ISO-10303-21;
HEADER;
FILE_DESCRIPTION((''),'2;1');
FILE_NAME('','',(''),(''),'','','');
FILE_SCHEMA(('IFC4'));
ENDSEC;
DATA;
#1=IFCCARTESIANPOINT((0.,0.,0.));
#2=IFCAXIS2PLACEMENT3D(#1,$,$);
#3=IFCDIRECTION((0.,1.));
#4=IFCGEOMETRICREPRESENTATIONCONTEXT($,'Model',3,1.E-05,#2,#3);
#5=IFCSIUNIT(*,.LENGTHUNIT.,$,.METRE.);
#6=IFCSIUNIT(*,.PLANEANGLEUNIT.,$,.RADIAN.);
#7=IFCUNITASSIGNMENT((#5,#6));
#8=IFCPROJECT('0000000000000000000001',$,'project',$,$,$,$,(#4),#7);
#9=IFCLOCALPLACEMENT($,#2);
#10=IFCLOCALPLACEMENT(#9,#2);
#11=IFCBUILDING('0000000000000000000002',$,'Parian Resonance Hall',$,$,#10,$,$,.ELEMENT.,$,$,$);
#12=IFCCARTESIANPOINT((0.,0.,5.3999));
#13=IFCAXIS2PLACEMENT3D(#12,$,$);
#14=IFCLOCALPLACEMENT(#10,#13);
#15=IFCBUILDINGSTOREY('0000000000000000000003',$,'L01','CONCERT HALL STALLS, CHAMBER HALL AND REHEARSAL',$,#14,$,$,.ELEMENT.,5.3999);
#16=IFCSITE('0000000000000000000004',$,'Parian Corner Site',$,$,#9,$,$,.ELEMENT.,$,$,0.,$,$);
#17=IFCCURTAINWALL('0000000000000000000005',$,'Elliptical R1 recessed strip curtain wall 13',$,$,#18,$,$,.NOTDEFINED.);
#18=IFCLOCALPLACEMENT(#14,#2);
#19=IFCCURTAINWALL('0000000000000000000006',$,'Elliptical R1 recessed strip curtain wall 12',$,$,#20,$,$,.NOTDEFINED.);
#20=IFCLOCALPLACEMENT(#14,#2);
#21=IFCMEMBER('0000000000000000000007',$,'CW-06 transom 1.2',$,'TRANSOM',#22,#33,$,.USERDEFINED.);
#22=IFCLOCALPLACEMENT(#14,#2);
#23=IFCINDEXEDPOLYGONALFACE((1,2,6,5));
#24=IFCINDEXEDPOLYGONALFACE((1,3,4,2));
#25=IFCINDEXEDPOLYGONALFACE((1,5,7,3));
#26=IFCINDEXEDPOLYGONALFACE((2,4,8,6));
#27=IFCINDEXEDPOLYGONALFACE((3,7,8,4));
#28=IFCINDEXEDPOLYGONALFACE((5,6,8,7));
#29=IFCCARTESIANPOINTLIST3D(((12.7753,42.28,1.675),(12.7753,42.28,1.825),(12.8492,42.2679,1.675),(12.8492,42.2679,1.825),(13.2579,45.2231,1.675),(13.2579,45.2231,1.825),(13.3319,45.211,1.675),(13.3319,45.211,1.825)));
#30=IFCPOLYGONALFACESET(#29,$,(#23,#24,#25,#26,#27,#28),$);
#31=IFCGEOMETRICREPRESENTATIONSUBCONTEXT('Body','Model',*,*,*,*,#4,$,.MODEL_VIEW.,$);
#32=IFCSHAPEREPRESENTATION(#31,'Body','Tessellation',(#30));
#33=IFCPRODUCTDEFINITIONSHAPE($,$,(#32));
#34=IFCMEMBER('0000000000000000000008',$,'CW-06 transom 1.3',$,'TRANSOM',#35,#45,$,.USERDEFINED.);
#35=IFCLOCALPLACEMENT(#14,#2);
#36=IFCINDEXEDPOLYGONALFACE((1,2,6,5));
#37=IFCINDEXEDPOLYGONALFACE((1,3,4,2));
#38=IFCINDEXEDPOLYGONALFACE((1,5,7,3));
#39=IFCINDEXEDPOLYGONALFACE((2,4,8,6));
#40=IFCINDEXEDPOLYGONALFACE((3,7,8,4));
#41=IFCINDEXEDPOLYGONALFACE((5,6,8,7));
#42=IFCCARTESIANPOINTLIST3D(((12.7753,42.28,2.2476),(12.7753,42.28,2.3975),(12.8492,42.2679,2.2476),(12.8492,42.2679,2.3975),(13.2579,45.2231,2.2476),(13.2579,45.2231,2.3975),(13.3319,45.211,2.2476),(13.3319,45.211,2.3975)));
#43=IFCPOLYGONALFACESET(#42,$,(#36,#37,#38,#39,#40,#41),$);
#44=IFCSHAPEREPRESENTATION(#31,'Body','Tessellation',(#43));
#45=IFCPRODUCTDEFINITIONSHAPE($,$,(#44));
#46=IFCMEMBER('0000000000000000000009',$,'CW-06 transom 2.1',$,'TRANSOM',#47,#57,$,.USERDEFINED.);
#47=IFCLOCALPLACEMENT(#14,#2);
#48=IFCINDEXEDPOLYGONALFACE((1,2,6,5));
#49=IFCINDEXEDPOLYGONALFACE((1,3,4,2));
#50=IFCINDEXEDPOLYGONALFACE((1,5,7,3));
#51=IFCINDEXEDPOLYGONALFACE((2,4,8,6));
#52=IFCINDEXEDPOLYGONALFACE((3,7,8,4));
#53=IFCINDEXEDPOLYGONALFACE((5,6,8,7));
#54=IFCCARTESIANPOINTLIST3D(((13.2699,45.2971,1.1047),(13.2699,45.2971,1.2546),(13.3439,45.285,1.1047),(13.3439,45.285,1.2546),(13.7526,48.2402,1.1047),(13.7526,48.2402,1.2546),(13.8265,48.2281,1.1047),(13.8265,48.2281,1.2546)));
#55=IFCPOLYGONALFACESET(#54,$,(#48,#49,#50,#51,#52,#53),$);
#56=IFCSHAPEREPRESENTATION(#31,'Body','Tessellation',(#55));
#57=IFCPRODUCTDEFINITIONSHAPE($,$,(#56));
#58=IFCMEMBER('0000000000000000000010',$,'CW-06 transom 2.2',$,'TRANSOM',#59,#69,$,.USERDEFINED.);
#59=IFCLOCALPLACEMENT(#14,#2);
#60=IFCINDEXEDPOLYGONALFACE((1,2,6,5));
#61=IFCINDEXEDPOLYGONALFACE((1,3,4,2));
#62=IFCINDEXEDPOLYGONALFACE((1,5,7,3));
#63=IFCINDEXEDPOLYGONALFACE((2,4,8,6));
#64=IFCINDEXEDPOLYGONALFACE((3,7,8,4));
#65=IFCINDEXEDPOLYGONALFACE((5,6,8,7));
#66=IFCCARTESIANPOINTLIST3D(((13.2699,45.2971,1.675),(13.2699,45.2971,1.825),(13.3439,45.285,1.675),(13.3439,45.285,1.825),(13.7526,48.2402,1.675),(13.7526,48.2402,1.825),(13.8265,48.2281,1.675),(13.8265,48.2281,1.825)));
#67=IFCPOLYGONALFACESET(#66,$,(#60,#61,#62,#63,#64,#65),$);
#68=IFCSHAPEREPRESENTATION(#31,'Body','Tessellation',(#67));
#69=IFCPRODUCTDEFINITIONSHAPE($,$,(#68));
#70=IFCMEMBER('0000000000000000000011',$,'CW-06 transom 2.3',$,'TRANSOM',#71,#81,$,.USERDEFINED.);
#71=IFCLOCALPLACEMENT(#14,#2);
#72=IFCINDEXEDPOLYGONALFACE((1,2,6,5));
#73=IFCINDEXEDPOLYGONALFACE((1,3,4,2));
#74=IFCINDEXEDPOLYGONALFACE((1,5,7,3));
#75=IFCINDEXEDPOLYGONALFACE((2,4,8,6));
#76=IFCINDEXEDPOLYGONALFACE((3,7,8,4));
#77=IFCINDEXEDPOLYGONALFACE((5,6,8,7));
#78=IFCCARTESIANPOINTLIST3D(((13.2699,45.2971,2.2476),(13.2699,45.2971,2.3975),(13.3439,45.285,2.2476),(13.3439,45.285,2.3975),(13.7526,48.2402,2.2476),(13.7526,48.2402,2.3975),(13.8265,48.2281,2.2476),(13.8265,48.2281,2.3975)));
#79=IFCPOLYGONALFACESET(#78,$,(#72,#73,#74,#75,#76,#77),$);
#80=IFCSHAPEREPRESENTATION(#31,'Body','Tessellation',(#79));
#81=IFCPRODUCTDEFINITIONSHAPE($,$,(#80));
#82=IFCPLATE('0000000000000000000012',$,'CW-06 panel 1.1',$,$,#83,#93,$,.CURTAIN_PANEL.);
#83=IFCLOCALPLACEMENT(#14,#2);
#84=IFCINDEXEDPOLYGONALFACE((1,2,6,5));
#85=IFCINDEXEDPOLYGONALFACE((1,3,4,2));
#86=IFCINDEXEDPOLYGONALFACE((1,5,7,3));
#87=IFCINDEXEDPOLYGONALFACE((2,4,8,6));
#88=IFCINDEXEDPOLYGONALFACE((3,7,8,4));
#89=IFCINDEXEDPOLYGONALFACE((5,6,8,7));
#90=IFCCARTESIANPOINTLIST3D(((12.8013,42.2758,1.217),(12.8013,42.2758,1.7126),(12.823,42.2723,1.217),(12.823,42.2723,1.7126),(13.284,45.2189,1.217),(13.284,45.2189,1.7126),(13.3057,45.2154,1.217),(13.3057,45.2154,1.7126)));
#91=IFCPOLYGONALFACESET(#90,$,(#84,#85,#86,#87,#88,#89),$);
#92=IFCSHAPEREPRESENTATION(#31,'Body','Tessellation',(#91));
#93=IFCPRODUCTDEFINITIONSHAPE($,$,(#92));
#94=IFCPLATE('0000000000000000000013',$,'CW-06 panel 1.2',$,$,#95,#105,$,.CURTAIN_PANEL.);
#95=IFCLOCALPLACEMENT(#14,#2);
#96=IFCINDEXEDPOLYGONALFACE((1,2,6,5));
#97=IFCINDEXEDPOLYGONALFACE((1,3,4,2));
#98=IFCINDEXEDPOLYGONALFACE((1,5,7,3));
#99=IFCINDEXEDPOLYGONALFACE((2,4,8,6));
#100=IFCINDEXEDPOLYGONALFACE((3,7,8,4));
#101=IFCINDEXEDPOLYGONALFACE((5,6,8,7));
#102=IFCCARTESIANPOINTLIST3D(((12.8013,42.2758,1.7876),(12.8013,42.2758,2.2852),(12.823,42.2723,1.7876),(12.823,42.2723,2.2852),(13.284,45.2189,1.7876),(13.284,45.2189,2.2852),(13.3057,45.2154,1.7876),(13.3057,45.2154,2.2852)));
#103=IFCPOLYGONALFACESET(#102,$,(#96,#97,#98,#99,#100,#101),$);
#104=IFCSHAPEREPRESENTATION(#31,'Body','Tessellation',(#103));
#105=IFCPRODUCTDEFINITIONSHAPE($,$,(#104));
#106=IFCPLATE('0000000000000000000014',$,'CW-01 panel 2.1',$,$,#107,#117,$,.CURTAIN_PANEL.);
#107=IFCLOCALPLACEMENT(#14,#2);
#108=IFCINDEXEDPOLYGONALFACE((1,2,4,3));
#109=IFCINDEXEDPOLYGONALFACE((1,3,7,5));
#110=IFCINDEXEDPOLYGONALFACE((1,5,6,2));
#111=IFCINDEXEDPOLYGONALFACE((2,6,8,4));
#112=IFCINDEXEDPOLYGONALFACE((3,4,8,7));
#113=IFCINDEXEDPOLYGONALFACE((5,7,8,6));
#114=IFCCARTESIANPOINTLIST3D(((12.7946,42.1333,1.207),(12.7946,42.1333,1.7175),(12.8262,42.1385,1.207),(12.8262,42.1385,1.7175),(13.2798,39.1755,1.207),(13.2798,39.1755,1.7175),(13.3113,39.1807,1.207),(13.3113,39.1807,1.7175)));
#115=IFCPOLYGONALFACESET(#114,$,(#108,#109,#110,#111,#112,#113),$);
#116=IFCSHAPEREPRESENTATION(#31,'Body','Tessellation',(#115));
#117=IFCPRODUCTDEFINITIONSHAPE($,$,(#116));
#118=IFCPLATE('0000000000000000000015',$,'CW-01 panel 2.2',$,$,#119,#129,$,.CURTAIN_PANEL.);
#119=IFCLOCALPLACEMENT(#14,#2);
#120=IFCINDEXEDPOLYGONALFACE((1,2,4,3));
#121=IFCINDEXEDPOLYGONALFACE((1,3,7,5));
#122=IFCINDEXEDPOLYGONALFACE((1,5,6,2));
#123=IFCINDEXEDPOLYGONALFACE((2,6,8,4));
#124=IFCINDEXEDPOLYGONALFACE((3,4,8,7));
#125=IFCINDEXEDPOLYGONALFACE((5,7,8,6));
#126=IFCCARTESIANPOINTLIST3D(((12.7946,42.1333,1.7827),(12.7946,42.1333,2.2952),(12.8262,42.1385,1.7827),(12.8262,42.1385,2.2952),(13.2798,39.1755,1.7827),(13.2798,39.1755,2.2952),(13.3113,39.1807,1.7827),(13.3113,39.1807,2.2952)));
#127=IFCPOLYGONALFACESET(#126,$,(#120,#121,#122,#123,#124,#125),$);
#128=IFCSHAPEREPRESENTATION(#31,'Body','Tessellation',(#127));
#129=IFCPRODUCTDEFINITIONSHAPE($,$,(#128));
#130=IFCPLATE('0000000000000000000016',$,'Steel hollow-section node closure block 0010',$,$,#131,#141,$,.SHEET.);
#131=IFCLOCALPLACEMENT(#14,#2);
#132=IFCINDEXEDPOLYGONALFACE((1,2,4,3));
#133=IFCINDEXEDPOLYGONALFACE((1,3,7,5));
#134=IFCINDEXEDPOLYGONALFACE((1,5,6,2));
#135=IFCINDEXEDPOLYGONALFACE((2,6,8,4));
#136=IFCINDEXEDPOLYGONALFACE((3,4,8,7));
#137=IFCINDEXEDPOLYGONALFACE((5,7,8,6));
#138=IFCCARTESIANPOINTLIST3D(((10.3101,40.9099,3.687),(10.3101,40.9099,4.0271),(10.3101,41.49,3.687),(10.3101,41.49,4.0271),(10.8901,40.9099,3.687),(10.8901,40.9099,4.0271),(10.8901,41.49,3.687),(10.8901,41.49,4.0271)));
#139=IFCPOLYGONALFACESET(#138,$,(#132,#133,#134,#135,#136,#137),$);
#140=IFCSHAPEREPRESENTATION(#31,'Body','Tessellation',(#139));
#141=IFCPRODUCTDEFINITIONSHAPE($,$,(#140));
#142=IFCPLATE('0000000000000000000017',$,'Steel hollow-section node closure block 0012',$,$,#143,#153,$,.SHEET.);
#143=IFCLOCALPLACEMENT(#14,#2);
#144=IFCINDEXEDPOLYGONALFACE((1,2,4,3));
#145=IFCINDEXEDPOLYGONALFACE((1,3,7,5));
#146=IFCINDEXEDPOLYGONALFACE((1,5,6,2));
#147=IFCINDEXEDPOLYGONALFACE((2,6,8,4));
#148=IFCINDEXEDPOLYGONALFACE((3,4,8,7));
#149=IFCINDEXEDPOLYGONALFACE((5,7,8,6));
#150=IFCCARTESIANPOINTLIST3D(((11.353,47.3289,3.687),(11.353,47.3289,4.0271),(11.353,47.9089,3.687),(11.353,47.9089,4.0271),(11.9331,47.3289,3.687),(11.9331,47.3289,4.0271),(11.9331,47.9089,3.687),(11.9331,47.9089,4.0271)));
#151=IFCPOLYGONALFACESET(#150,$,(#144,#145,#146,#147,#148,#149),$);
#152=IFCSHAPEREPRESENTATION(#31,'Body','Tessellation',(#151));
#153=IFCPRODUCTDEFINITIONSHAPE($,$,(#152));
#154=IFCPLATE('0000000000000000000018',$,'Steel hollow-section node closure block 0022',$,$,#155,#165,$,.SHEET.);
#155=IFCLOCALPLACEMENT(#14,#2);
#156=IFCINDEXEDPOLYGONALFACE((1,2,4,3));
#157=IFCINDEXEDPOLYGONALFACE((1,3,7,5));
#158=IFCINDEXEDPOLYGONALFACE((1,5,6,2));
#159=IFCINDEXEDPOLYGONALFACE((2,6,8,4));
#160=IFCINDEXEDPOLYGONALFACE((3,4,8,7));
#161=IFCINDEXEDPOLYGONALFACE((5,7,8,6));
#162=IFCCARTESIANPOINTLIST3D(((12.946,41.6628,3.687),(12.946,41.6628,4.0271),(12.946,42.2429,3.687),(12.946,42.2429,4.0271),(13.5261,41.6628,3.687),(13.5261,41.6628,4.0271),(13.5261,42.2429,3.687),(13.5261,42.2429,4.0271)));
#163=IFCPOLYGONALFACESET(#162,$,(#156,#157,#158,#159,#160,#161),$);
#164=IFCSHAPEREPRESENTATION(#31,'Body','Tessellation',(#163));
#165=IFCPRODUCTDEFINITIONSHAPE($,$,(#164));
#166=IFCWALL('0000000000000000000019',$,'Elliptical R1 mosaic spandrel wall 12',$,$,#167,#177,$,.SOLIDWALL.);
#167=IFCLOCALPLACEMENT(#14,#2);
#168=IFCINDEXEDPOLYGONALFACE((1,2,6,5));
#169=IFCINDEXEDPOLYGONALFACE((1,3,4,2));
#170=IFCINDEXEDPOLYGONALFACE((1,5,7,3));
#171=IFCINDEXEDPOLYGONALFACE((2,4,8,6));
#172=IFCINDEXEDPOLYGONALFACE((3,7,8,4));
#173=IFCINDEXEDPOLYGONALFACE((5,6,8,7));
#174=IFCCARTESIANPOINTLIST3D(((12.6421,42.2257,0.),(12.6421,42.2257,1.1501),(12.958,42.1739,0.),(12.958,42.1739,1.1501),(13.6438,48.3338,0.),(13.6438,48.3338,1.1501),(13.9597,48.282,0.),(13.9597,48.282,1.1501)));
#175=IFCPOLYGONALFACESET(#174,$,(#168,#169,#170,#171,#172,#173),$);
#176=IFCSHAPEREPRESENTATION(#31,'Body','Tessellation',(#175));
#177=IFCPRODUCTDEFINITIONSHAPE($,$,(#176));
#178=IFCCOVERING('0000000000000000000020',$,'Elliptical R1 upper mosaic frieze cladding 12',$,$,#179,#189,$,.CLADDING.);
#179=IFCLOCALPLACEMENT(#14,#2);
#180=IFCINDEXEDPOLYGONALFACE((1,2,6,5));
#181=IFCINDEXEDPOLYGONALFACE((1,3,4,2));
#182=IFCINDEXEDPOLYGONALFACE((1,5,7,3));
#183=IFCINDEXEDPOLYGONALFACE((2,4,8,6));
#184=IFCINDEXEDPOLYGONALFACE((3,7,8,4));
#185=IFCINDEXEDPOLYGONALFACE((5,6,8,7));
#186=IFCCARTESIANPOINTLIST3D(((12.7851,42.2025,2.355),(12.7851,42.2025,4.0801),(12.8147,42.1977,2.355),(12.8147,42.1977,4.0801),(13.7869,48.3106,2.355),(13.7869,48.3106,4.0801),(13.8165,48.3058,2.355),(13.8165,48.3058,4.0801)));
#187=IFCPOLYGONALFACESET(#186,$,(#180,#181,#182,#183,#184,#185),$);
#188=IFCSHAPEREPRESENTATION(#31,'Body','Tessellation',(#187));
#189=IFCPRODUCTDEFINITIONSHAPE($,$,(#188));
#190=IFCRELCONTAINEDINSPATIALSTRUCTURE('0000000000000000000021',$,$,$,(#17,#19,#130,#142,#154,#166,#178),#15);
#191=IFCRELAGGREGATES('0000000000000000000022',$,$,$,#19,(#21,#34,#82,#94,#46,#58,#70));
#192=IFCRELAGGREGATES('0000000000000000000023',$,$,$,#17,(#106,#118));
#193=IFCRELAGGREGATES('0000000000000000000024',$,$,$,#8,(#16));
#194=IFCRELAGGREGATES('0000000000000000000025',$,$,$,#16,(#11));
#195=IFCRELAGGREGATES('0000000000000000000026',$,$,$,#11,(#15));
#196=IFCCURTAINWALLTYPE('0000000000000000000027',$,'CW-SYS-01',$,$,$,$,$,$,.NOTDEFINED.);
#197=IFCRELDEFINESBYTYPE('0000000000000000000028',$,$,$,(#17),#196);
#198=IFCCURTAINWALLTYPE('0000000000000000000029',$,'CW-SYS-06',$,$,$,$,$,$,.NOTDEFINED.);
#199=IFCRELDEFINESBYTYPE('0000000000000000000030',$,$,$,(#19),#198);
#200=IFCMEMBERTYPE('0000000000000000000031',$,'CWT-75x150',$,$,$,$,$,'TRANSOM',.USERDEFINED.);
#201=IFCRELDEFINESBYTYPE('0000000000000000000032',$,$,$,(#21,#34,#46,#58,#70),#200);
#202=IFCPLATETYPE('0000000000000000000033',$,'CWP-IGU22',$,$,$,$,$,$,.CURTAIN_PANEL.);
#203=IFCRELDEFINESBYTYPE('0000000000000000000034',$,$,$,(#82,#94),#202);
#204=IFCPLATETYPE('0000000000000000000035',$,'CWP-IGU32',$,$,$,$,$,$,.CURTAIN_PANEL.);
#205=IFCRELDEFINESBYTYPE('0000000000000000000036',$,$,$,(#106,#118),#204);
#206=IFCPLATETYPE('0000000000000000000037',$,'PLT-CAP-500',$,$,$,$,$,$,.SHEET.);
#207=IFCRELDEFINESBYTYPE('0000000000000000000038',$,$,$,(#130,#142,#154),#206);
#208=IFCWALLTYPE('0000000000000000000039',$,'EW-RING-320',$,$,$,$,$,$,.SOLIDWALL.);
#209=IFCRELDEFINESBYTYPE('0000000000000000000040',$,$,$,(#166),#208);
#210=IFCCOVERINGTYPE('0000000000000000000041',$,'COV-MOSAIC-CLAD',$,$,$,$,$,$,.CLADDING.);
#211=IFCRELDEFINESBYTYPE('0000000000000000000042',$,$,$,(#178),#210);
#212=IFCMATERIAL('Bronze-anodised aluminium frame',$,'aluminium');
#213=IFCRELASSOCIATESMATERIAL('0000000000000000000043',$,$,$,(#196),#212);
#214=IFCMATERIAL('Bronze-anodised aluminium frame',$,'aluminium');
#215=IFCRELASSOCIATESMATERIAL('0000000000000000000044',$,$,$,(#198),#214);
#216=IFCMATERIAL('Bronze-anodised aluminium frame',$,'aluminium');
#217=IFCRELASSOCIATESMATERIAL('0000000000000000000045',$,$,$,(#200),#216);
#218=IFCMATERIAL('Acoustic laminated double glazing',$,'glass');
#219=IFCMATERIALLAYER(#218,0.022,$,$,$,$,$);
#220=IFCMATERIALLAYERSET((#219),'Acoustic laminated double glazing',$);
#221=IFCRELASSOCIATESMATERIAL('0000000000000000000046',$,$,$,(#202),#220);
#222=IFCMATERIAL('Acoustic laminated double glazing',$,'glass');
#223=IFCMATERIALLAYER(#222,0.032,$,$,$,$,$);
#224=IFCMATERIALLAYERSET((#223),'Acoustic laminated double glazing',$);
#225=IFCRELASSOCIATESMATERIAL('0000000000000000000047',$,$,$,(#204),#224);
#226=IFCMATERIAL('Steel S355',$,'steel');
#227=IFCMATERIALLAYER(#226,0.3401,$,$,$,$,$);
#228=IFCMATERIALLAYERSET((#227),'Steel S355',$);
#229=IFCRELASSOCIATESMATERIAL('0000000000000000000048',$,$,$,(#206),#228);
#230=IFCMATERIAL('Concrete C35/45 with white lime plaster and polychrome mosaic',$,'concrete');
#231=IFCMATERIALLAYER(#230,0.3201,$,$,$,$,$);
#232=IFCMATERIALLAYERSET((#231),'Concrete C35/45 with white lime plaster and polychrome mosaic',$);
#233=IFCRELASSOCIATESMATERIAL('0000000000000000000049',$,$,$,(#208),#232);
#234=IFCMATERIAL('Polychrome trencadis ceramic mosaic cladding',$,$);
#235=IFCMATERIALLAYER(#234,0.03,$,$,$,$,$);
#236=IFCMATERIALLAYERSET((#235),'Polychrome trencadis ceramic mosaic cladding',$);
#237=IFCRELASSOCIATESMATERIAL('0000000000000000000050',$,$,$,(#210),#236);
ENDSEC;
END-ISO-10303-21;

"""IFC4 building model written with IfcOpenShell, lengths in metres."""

from ifc_helpers import new_model, si_unit, direction, frame, frame_2d, origin, origin_2d, place, context, subcontext, project, spatial, rectangle, extrude, material, layer, layer_set, material_profile, profile_set, type_object, element, aggregate, save


model = new_model("IFC4")

# Units and contexts
model_context = context("Model", 3, precision=1e-05, world=origin(), true_north=direction((0.0, 1.0)))
body_context = subcontext(model_context, "Body", "Model", "MODEL_VIEW")
ifc_project = project(units=[si_unit("LENGTHUNIT", "METRE"), si_unit("PLANEANGLEUNIT", "RADIAN")], contexts=[model_context])

# Site, building, storey
site_placement = place(None, origin())
site = spatial("IfcSite", under=ifc_project, at=site_placement, Name="Parian Corner Site", CompositionType="ELEMENT", RefElevation=0.0)
building_placement = place(site_placement, origin())
building = spatial("IfcBuilding", under=site, at=building_placement, Name="Parian Resonance Hall", CompositionType="ELEMENT")
storey_placement = place(building_placement, frame((0.0, 0.0, 5.3999)))
storey = spatial("IfcBuildingStorey", under=building, at=storey_placement, Name="L01", Description="CONCERT HALL STALLS, CHAMBER HALL AND REHEARSAL", CompositionType="ELEMENT", Elevation=5.3999)

# Curtain wall
ifc_material_1 = material(Name="Bronze-anodised aluminium frame", Category="aluminium")
curtain_wall_type_1 = type_object("IfcCurtainWallType", Name="CW-SYS-01", PredefinedType="NOTDEFINED", material=ifc_material_1)
curtain_wall_1_placement = place(storey_placement, origin())
curtain_wall_1 = element("IfcCurtainWall", 1, at=curtain_wall_1_placement, inside=storey, type_object=curtain_wall_type_1, Name="Elliptical R1 recessed strip curtain wall 13", PredefinedType="NOTDEFINED")

# Curtain wall
ifc_material_2 = material(Name="Bronze-anodised aluminium frame", Category="aluminium")
curtain_wall_type_2 = type_object("IfcCurtainWallType", Name="CW-SYS-06", PredefinedType="NOTDEFINED", material=ifc_material_2)
curtain_wall_2_placement = place(storey_placement, origin())
curtain_wall_2 = element("IfcCurtainWall", 2, at=curtain_wall_2_placement, inside=storey, type_object=curtain_wall_type_2, Name="Elliptical R1 recessed strip curtain wall 12", PredefinedType="NOTDEFINED")

# Members
ifc_material_3 = material(Name="Bronze-anodised aluminium frame", Category="aluminium")
ifc_material_profile_1 = material_profile(ifc_material_3, rectangle(XDim=0.075, YDim=0.1499, at=origin_2d()), Name="CWT-75x150")
ifc_profile_set_1 = profile_set([ifc_material_profile_1], Name="Bronze-anodised aluminium frame")
member_type_1 = type_object("IfcMemberType", Name="CWT-75x150", ElementType="TRANSOM", PredefinedType="USERDEFINED", material=ifc_profile_set_1)
member_1_placement = place(storey_placement, frame((12.8123, 42.2739, 1.75), z_axis=(0.161836, 0.986818, 0.0), x_axis=(-0.986818, 0.161836, 0.0)))
member_1 = element("IfcMember", 3, at=member_1_placement, type_object=member_type_1, Name="CW-06 transom 1.2", ObjectType="TRANSOM", PredefinedType="USERDEFINED", context=body_context, shape_type="SweptSolid", body=[
    extrude(rectangle(XDim=0.075, YDim=0.1499, at=origin_2d()), origin(), (0.0, 0.0, 1.0), 2.9824),
])
member_2_placement = place(storey_placement, frame((12.8123, 42.2739, 2.3225), z_axis=(0.161836, 0.986818, 0.0), x_axis=(-0.986818, 0.161836, 0.0)))
member_2 = element("IfcMember", 4, at=member_2_placement, type_object=member_type_1, Name="CW-06 transom 1.3", ObjectType="TRANSOM", PredefinedType="USERDEFINED", context=body_context, shape_type="SweptSolid", body=[
    extrude(rectangle(XDim=0.075, YDim=0.1499, at=origin_2d()), origin(), (0.0, 0.0, 1.0), 2.9824),
])
member_3_placement = place(storey_placement, frame((13.3069, 45.291, 1.1797), z_axis=(0.161836, 0.986818, 0.0), x_axis=(-0.986818, 0.161836, 0.0)))
member_3 = element("IfcMember", 5, at=member_3_placement, type_object=member_type_1, Name="CW-06 transom 2.1", ObjectType="TRANSOM", PredefinedType="USERDEFINED", context=body_context, shape_type="SweptSolid", body=[
    extrude(rectangle(XDim=0.075, YDim=0.1499, at=origin_2d()), origin(), (0.0, 0.0, 1.0), 2.9824),
])
member_4_placement = place(storey_placement, frame((13.3069, 45.291, 1.75), z_axis=(0.161836, 0.986818, 0.0), x_axis=(-0.986818, 0.161836, 0.0)))
member_4 = element("IfcMember", 6, at=member_4_placement, type_object=member_type_1, Name="CW-06 transom 2.2", ObjectType="TRANSOM", PredefinedType="USERDEFINED", context=body_context, shape_type="SweptSolid", body=[
    extrude(rectangle(XDim=0.075, YDim=0.1499, at=origin_2d()), origin(), (0.0, 0.0, 1.0), 2.9824),
])
member_5_placement = place(storey_placement, frame((13.3069, 45.291, 2.3225), z_axis=(0.161836, 0.986818, 0.0), x_axis=(-0.986818, 0.161836, 0.0)))
member_5 = element("IfcMember", 7, at=member_5_placement, type_object=member_type_1, Name="CW-06 transom 2.3", ObjectType="TRANSOM", PredefinedType="USERDEFINED", context=body_context, shape_type="SweptSolid", body=[
    extrude(rectangle(XDim=0.075, YDim=0.1499, at=origin_2d()), origin(), (0.0, 0.0, 1.0), 2.9824),
])

# Plates
ifc_material_4 = material(Name="Acoustic laminated double glazing", Category="glass")
ifc_layer_1 = layer(ifc_material_4, 0.022)
ifc_layer_set_1 = layer_set([ifc_layer_1], Name="Acoustic laminated double glazing")
plate_type_1 = type_object("IfcPlateType", Name="CWP-IGU22", PredefinedType="CURTAIN_PANEL", material=ifc_layer_set_1)
plate_1_placement = place(storey_placement, frame((13.0535, 43.7456, 1.217), z_axis=(0.0, 0.0, 1.0), x_axis=(0.161849, 0.986815, 0.0)))
plate_1 = element("IfcPlate", 8, at=plate_1_placement, type_object=plate_type_1, Name="CW-06 panel 1.1", PredefinedType="CURTAIN_PANEL", context=body_context, shape_type="SweptSolid", body=[
    extrude(rectangle(XDim=2.9824, YDim=0.022, at=origin_2d()), origin(), (0.0, 0.0, 1.0), 0.4956),
])
plate_2_placement = place(storey_placement, frame((13.0535, 43.7456, 1.7876), z_axis=(0.0, 0.0, 1.0), x_axis=(0.161849, 0.986815, 0.0)))
plate_2 = element("IfcPlate", 9, at=plate_2_placement, type_object=plate_type_1, Name="CW-06 panel 1.2", PredefinedType="CURTAIN_PANEL", context=body_context, shape_type="SweptSolid", body=[
    extrude(rectangle(XDim=2.9824, YDim=0.022, at=origin_2d()), origin(), (0.0, 0.0, 1.0), 0.4976),
])
aggregate(curtain_wall_2, [member_1, member_2, plate_1, plate_2, member_3, member_4, member_5])
ifc_material_5 = material(Name="Acoustic laminated double glazing", Category="glass")
ifc_layer_2 = layer(ifc_material_5, 0.032)
ifc_layer_set_2 = layer_set([ifc_layer_2], Name="Acoustic laminated double glazing")
plate_type_2 = type_object("IfcPlateType", Name="CWP-IGU32", PredefinedType="CURTAIN_PANEL", material=ifc_layer_set_2)
plate_3_placement = place(storey_placement, frame((13.053, 40.657, 1.207), z_axis=(0.0, 0.0, 1.0), x_axis=(-0.161849, 0.986815, 0.0)))
plate_3 = element("IfcPlate", 10, at=plate_3_placement, type_object=plate_type_2, Name="CW-01 panel 2.1", PredefinedType="CURTAIN_PANEL", context=body_context, shape_type="SweptSolid", body=[
    extrude(rectangle(XDim=2.9973, YDim=0.032, at=origin_2d()), origin(), (0.0, 0.0, 1.0), 0.5105),
])
plate_4_placement = place(storey_placement, frame((13.053, 40.657, 1.7827), z_axis=(0.0, 0.0, 1.0), x_axis=(-0.161849, 0.986815, 0.0)))
plate_4 = element("IfcPlate", 11, at=plate_4_placement, type_object=plate_type_2, Name="CW-01 panel 2.2", PredefinedType="CURTAIN_PANEL", context=body_context, shape_type="SweptSolid", body=[
    extrude(rectangle(XDim=2.9973, YDim=0.032, at=origin_2d()), origin(), (0.0, 0.0, 1.0), 0.5125),
])
aggregate(curtain_wall_1, [plate_3, plate_4])

# Plates
ifc_material_6 = material(Name="Steel S355", Category="steel")
ifc_layer_3 = layer(ifc_material_6, 0.3401)
ifc_layer_set_3 = layer_set([ifc_layer_3], Name="Steel S355")
plate_type_3 = type_object("IfcPlateType", Name="PLT-CAP-500", PredefinedType="SHEET", material=ifc_layer_set_3)
for number, where, z_axis, x_axis, name in (
    (12, (10.6001, 41.2, 3.687), (0.0, 0.0, 1.0), (1.0, 0.0, 0.0), "Steel hollow-section node closure block 0010"),
    (13, (11.6431, 47.6189, 3.687), (0.0, 0.0, 1.0), (1.0, 0.0, 0.0), "Steel hollow-section node closure block 0012"),
    (14, (13.2361, 41.9529, 3.687), (0.0, 0.0, 1.0), (1.0, 0.0, 0.0), "Steel hollow-section node closure block 0022"),
):
    element("IfcPlate", number, at=place(storey_placement, frame(where, z_axis=z_axis, x_axis=x_axis)), inside=storey, type_object=plate_type_3, Name=name, PredefinedType="SHEET", context=body_context, shape_type="SweptSolid", body=[
        extrude(rectangle(XDim=0.5801, YDim=0.5801, at=origin_2d()), origin(), (0.0, 0.0, 1.0), 0.3401),
    ])

# Wall
ifc_material_7 = material(Name="Concrete C35/45 with white lime plaster and polychrome mosaic", Category="concrete")
ifc_layer_4 = layer(ifc_material_7, 0.3201)
ifc_layer_set_4 = layer_set([ifc_layer_4], Name="Concrete C35/45 with white lime plaster and polychrome mosaic")
wall_type = type_object("IfcWallType", Name="EW-RING-320", PredefinedType="SOLIDWALL", material=ifc_layer_set_4)
wall_placement = place(storey_placement, frame((12.8, 42.2, 0.0), z_axis=(0.0, 0.0, 1.0), x_axis=(0.161834, 0.986818, 0.0)))
element("IfcWall", 15, at=wall_placement, inside=storey, type_object=wall_type, Name="Elliptical R1 mosaic spandrel wall 12", PredefinedType="SOLIDWALL", context=body_context, shape_type="SweptSolid", body=[
    extrude(rectangle(XDim=6.1897, YDim=0.3201, at=frame_2d((3.0947, 0.0))), origin(), (0.0, 0.0, 1.0), 1.1501),
])

# Covering
ifc_material_8 = material(Name="Polychrome trencadis ceramic mosaic cladding")
ifc_layer_5 = layer(ifc_material_8, 0.03)
ifc_layer_set_5 = layer_set([ifc_layer_5], Name="Polychrome trencadis ceramic mosaic cladding")
covering_type = type_object("IfcCoveringType", Name="COV-MOSAIC-CLAD", PredefinedType="CLADDING", material=ifc_layer_set_5)
for number, where, z_axis, x_axis, name in (
    (16, (13.3008, 45.2542, 2.355), (0.0, 0.0, 1.0), (0.16185, 0.986815, 0.0), "Elliptical R1 upper mosaic frieze cladding 12"),
):
    element("IfcCovering", number, at=place(storey_placement, frame(where, z_axis=z_axis, x_axis=x_axis)), inside=storey, type_object=covering_type, Name=name, PredefinedType="CLADDING", context=body_context, shape_type="SweptSolid", body=[
        extrude(rectangle(XDim=6.1897, YDim=0.03, at=origin_2d()), origin(), (0.0, 0.0, 1.0), 1.7251),
    ])

save(model, "model.ifc")
